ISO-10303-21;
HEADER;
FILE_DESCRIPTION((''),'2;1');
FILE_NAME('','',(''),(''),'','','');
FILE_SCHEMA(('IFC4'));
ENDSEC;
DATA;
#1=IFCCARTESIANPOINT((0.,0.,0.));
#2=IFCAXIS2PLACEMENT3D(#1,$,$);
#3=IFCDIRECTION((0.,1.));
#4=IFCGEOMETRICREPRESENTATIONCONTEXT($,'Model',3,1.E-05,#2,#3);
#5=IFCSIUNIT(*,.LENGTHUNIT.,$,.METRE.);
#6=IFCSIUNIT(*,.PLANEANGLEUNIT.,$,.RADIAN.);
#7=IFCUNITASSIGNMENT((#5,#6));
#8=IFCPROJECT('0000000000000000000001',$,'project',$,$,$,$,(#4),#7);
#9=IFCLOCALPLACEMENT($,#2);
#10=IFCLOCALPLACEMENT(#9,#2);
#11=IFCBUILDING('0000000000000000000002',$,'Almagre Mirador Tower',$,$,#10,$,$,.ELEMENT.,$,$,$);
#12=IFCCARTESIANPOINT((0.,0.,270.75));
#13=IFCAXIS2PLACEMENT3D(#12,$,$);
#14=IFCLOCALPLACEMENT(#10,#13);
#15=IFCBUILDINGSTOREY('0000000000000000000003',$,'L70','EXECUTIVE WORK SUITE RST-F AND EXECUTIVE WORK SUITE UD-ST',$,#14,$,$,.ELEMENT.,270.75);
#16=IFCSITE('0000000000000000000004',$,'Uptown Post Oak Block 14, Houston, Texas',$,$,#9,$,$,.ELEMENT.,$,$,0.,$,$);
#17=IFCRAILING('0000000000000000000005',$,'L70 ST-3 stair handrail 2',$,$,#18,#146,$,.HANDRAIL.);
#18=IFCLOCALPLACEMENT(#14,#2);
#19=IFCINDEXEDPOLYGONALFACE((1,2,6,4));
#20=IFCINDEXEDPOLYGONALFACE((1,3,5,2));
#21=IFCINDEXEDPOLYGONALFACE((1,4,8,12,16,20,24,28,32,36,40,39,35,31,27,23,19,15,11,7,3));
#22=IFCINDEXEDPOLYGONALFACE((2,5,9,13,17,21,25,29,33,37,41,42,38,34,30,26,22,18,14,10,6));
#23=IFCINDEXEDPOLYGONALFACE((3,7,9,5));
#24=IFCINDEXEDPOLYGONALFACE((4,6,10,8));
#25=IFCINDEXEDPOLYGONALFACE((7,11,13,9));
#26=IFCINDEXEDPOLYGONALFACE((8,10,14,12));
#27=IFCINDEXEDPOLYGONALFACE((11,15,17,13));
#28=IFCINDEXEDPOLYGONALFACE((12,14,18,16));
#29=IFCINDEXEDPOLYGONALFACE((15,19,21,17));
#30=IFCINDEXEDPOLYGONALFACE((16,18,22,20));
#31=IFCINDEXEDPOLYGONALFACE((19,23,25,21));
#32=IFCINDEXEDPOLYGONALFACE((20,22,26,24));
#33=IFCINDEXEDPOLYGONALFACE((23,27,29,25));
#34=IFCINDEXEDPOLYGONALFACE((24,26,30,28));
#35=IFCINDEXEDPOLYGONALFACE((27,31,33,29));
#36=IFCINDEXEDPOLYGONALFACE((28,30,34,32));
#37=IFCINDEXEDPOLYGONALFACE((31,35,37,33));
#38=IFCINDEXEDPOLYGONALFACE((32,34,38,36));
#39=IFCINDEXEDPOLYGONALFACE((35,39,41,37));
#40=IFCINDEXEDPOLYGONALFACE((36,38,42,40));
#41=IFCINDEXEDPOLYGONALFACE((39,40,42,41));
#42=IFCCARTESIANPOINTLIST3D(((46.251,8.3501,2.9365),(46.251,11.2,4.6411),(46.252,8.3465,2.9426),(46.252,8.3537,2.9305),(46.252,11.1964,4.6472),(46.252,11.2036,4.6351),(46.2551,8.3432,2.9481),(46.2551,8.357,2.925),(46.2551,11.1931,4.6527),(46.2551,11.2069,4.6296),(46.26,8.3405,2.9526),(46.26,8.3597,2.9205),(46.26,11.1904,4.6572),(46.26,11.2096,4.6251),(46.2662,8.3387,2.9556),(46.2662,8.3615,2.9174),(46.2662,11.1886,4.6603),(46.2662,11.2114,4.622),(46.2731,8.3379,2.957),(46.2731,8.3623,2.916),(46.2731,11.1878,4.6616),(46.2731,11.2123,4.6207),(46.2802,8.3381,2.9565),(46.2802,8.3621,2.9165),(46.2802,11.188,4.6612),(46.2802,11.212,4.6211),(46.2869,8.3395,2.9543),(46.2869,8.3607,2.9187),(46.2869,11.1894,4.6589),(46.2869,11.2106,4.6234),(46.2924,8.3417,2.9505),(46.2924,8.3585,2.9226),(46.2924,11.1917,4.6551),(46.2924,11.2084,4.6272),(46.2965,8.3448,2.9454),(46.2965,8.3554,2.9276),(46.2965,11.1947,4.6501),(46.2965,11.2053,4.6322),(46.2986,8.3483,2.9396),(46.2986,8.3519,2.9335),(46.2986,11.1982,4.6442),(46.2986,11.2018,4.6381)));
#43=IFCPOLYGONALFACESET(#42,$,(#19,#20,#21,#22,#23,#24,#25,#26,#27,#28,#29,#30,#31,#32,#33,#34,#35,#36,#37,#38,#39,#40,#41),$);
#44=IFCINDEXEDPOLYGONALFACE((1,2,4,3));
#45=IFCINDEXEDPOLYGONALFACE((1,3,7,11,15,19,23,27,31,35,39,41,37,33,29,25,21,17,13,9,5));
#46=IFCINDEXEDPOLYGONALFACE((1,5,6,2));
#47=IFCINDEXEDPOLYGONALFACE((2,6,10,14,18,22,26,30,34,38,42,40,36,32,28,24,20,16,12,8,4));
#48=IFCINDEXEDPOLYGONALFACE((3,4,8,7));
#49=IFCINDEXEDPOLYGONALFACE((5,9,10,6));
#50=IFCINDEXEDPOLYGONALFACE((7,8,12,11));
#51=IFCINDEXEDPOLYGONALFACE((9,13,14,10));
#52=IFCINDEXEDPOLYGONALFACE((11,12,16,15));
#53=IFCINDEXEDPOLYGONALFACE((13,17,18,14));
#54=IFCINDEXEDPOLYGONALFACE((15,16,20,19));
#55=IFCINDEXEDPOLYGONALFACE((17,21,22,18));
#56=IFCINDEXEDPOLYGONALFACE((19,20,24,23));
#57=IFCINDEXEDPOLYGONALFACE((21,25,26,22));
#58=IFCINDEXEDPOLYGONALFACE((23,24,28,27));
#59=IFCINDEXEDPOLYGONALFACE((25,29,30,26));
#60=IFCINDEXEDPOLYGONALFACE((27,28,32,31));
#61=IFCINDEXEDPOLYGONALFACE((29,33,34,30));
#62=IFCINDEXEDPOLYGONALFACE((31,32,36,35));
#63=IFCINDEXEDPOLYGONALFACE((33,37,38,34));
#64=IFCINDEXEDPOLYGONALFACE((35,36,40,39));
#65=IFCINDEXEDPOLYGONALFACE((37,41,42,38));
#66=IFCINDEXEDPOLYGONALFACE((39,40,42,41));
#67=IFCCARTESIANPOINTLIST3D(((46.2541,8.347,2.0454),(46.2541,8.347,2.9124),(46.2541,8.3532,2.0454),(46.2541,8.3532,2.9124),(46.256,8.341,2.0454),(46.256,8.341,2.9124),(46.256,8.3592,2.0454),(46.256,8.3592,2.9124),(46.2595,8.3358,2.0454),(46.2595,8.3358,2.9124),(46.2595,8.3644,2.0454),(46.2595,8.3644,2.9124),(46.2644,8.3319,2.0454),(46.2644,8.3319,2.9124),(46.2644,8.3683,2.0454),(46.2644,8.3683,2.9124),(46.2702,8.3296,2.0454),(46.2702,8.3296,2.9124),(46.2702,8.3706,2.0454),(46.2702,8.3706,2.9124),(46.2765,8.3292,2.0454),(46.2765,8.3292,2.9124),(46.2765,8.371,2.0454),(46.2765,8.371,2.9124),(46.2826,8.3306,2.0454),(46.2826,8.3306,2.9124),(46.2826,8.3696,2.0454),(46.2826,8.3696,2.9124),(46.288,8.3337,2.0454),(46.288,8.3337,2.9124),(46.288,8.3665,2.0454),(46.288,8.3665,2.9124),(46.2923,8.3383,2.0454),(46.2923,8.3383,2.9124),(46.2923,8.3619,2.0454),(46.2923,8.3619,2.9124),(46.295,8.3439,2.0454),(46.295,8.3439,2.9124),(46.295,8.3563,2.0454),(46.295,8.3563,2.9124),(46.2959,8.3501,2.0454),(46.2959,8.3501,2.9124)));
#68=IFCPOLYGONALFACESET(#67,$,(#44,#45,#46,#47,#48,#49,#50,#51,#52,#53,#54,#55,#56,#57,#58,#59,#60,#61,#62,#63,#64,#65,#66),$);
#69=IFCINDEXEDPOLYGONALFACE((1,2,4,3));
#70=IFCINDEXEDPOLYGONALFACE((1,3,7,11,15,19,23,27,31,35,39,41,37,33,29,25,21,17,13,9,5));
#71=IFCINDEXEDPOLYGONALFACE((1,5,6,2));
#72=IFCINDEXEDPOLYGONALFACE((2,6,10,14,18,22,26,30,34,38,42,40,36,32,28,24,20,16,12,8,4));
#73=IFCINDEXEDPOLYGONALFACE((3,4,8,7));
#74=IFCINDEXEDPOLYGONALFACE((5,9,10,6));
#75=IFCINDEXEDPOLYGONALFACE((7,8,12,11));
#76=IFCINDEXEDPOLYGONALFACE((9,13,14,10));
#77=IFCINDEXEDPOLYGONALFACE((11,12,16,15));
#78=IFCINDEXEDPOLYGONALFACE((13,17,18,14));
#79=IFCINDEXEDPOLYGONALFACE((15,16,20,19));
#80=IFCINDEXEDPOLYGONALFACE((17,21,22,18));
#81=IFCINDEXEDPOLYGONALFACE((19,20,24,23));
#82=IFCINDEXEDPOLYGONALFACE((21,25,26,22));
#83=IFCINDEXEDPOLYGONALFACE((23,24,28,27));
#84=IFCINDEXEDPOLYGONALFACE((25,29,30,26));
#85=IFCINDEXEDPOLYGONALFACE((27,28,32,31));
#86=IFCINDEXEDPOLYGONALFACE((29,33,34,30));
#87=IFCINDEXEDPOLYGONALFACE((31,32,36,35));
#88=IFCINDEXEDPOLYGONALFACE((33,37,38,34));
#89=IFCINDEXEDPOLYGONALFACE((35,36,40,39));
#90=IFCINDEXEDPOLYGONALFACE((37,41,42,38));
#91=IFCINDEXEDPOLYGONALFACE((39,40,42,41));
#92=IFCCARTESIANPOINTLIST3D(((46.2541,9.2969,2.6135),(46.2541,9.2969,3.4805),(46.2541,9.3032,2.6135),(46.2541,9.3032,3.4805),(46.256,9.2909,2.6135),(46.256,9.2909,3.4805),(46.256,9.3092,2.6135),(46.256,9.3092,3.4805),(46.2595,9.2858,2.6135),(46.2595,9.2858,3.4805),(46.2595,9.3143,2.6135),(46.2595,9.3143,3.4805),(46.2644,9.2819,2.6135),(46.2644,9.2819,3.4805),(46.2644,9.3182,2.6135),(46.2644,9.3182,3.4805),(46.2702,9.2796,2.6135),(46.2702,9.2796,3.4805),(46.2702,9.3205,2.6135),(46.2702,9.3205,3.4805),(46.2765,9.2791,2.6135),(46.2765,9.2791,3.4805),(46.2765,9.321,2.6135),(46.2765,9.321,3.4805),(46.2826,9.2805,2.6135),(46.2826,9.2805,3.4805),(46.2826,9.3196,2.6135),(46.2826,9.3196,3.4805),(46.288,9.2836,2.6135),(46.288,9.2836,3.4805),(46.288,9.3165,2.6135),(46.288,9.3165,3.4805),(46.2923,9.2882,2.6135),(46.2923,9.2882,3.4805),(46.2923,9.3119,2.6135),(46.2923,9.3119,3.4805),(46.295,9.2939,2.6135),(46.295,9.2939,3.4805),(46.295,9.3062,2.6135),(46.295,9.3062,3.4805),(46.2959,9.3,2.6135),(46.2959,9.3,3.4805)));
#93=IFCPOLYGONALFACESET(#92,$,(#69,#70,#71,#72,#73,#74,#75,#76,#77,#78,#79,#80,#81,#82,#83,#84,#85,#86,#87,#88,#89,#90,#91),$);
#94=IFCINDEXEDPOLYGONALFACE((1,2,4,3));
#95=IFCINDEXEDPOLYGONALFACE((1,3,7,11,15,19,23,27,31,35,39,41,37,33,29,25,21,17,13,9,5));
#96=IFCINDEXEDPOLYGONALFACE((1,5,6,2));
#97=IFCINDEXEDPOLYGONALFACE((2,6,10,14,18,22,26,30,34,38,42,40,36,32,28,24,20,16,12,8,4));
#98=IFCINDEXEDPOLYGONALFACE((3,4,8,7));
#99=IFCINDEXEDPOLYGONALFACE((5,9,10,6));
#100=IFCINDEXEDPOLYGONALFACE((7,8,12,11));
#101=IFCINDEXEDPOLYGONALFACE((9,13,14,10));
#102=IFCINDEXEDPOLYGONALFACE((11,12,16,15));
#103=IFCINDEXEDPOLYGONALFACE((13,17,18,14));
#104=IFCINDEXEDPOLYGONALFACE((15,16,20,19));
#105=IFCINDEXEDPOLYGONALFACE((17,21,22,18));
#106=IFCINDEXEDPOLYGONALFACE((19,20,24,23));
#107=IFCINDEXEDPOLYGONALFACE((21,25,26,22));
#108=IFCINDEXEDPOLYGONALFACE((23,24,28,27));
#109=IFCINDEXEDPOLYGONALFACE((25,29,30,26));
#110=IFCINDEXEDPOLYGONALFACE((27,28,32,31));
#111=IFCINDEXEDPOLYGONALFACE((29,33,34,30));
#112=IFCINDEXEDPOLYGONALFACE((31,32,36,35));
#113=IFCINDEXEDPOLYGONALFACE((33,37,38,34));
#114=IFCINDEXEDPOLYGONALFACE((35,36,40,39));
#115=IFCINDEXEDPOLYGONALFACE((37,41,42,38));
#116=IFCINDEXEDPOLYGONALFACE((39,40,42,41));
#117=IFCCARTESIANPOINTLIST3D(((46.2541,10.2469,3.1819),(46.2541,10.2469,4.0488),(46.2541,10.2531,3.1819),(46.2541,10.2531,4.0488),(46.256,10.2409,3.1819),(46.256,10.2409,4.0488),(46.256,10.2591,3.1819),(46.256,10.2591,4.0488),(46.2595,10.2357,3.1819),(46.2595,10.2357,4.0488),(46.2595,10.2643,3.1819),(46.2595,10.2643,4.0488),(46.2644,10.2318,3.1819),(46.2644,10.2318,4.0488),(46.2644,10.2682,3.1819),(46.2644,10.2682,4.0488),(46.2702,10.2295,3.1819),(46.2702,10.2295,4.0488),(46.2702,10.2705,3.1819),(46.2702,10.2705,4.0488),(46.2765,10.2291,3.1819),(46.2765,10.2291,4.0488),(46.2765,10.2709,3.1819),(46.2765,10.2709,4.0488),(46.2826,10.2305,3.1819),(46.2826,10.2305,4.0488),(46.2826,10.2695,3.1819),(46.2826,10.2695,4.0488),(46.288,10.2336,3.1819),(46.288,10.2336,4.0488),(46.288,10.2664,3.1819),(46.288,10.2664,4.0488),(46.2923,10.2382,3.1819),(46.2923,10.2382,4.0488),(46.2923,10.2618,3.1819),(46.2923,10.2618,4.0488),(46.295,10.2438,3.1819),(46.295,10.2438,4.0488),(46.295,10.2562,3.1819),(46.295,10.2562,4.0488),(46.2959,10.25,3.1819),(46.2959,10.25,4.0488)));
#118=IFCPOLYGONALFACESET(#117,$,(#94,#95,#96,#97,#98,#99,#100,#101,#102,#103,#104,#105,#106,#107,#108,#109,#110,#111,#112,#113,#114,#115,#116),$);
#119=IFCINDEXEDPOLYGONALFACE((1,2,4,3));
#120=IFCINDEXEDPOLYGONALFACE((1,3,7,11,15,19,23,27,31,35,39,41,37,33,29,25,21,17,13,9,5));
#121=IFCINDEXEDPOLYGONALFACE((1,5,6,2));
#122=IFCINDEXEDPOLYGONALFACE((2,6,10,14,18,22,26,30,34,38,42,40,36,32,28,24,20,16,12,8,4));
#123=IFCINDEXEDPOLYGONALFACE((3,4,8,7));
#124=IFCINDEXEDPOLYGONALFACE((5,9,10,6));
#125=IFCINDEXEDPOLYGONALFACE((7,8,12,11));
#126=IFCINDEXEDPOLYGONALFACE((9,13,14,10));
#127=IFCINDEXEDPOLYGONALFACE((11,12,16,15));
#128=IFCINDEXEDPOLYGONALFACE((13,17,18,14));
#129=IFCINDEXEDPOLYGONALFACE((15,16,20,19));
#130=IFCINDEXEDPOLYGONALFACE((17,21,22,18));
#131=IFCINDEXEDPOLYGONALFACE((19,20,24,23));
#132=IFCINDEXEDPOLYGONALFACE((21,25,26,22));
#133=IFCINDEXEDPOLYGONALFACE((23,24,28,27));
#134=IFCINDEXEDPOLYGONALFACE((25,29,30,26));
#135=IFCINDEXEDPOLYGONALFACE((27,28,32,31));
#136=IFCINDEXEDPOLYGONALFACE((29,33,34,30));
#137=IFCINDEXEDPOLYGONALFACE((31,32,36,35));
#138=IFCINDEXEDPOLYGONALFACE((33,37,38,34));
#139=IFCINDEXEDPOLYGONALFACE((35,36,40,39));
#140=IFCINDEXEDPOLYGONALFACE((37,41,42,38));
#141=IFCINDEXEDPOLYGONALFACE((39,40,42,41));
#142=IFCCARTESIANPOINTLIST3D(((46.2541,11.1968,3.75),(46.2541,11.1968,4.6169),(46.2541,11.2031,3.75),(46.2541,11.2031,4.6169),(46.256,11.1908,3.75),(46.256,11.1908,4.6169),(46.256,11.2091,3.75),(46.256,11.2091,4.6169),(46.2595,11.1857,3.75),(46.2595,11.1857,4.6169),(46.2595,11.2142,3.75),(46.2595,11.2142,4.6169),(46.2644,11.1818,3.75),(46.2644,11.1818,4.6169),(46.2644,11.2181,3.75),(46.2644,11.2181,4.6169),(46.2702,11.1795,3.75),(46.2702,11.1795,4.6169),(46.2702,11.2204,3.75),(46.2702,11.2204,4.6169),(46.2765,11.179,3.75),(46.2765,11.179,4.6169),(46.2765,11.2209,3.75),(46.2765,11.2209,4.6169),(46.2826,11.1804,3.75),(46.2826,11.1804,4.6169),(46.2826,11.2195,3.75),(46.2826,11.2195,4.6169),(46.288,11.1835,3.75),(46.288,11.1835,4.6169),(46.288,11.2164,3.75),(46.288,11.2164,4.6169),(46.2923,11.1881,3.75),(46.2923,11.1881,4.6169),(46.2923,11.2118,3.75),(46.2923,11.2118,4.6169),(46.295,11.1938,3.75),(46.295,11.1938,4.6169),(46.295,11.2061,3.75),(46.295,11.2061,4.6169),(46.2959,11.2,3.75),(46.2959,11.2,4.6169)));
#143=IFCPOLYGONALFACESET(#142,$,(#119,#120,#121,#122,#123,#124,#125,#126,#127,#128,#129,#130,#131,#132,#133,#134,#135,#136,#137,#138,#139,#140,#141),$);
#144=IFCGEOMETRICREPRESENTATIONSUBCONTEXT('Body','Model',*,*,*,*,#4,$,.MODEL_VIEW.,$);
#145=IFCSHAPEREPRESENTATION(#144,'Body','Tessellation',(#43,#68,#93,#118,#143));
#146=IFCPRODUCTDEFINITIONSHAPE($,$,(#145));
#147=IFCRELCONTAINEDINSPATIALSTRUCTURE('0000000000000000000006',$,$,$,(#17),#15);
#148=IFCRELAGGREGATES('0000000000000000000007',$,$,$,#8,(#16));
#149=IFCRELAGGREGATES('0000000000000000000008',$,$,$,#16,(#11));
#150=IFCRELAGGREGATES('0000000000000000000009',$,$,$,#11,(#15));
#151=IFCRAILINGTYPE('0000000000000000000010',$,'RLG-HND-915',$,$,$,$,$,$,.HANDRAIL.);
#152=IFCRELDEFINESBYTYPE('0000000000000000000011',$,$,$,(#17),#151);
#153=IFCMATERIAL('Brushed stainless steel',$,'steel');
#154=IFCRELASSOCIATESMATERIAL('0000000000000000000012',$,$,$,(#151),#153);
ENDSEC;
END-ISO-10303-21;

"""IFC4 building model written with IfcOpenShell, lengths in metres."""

from ifc_helpers import new_model, si_unit, direction, frame, origin, origin_2d, place, context, subcontext, project, spatial, circle, extrude, material, type_object, element, save


model = new_model("IFC4")

# Units and contexts
model_context = context("Model", 3, precision=1e-05, world=origin(), true_north=direction((0.0, 1.0)))
body_context = subcontext(model_context, "Body", "Model", "MODEL_VIEW")
ifc_project = project(units=[si_unit("LENGTHUNIT", "METRE"), si_unit("PLANEANGLEUNIT", "RADIAN")], contexts=[model_context])

# Site, building, storey
site_placement = place(None, origin())
site = spatial("IfcSite", under=ifc_project, at=site_placement, Name="Uptown Post Oak Block 14, Houston, Texas", CompositionType="ELEMENT", RefElevation=0.0)
building_placement = place(site_placement, origin())
building = spatial("IfcBuilding", under=site, at=building_placement, Name="Almagre Mirador Tower", CompositionType="ELEMENT")
storey_placement = place(building_placement, frame((0.0, 0.0, 270.75)))
storey = spatial("IfcBuildingStorey", under=building, at=storey_placement, Name="L70", Description="EXECUTIVE WORK SUITE RST-F AND EXECUTIVE WORK SUITE UD-ST", CompositionType="ELEMENT", Elevation=270.75)

# Railing
ifc_material_1 = material(Name="Brushed stainless steel", Category="steel")
railing_type = type_object("IfcRailingType", Name="RLG-HND-915", PredefinedType="HANDRAIL", material=ifc_material_1)
railing_placement = place(storey_placement, frame((46.2749, 8.3501, 2.0454)))
element("IfcRailing", 1, at=railing_placement, inside=storey, type_object=railing_type, Name="L70 ST-3 stair handrail 2", PredefinedType="HANDRAIL", context=body_context, shape_type="SweptSolid", body=[
    extrude(circle(Radius=0.0239, at=origin_2d()), frame((0.0, 0.0, 0.8911), z_axis=(0.0, 0.858199, 0.513317), x_axis=(-1.0, 0.0, 0.0)), (0.0, 0.0, 1.0), 3.3208),
    extrude(circle(Radius=0.021, at=origin_2d()), origin(), (0.0, 0.0, 1.0), 0.8669),
    extrude(circle(Radius=0.021, at=origin_2d()), frame((0.0, 0.95, 0.5681)), (0.0, 0.0, 1.0), 0.8669),
    extrude(circle(Radius=0.021, at=origin_2d()), frame((0.0, 1.8999, 1.1365)), (0.0, 0.0, 1.0), 0.8669),
    extrude(circle(Radius=0.021, at=origin_2d()), frame((0.0, 2.8499, 1.7046)), (0.0, 0.0, 1.0), 0.8669),
])

save(model, "model.ifc")
